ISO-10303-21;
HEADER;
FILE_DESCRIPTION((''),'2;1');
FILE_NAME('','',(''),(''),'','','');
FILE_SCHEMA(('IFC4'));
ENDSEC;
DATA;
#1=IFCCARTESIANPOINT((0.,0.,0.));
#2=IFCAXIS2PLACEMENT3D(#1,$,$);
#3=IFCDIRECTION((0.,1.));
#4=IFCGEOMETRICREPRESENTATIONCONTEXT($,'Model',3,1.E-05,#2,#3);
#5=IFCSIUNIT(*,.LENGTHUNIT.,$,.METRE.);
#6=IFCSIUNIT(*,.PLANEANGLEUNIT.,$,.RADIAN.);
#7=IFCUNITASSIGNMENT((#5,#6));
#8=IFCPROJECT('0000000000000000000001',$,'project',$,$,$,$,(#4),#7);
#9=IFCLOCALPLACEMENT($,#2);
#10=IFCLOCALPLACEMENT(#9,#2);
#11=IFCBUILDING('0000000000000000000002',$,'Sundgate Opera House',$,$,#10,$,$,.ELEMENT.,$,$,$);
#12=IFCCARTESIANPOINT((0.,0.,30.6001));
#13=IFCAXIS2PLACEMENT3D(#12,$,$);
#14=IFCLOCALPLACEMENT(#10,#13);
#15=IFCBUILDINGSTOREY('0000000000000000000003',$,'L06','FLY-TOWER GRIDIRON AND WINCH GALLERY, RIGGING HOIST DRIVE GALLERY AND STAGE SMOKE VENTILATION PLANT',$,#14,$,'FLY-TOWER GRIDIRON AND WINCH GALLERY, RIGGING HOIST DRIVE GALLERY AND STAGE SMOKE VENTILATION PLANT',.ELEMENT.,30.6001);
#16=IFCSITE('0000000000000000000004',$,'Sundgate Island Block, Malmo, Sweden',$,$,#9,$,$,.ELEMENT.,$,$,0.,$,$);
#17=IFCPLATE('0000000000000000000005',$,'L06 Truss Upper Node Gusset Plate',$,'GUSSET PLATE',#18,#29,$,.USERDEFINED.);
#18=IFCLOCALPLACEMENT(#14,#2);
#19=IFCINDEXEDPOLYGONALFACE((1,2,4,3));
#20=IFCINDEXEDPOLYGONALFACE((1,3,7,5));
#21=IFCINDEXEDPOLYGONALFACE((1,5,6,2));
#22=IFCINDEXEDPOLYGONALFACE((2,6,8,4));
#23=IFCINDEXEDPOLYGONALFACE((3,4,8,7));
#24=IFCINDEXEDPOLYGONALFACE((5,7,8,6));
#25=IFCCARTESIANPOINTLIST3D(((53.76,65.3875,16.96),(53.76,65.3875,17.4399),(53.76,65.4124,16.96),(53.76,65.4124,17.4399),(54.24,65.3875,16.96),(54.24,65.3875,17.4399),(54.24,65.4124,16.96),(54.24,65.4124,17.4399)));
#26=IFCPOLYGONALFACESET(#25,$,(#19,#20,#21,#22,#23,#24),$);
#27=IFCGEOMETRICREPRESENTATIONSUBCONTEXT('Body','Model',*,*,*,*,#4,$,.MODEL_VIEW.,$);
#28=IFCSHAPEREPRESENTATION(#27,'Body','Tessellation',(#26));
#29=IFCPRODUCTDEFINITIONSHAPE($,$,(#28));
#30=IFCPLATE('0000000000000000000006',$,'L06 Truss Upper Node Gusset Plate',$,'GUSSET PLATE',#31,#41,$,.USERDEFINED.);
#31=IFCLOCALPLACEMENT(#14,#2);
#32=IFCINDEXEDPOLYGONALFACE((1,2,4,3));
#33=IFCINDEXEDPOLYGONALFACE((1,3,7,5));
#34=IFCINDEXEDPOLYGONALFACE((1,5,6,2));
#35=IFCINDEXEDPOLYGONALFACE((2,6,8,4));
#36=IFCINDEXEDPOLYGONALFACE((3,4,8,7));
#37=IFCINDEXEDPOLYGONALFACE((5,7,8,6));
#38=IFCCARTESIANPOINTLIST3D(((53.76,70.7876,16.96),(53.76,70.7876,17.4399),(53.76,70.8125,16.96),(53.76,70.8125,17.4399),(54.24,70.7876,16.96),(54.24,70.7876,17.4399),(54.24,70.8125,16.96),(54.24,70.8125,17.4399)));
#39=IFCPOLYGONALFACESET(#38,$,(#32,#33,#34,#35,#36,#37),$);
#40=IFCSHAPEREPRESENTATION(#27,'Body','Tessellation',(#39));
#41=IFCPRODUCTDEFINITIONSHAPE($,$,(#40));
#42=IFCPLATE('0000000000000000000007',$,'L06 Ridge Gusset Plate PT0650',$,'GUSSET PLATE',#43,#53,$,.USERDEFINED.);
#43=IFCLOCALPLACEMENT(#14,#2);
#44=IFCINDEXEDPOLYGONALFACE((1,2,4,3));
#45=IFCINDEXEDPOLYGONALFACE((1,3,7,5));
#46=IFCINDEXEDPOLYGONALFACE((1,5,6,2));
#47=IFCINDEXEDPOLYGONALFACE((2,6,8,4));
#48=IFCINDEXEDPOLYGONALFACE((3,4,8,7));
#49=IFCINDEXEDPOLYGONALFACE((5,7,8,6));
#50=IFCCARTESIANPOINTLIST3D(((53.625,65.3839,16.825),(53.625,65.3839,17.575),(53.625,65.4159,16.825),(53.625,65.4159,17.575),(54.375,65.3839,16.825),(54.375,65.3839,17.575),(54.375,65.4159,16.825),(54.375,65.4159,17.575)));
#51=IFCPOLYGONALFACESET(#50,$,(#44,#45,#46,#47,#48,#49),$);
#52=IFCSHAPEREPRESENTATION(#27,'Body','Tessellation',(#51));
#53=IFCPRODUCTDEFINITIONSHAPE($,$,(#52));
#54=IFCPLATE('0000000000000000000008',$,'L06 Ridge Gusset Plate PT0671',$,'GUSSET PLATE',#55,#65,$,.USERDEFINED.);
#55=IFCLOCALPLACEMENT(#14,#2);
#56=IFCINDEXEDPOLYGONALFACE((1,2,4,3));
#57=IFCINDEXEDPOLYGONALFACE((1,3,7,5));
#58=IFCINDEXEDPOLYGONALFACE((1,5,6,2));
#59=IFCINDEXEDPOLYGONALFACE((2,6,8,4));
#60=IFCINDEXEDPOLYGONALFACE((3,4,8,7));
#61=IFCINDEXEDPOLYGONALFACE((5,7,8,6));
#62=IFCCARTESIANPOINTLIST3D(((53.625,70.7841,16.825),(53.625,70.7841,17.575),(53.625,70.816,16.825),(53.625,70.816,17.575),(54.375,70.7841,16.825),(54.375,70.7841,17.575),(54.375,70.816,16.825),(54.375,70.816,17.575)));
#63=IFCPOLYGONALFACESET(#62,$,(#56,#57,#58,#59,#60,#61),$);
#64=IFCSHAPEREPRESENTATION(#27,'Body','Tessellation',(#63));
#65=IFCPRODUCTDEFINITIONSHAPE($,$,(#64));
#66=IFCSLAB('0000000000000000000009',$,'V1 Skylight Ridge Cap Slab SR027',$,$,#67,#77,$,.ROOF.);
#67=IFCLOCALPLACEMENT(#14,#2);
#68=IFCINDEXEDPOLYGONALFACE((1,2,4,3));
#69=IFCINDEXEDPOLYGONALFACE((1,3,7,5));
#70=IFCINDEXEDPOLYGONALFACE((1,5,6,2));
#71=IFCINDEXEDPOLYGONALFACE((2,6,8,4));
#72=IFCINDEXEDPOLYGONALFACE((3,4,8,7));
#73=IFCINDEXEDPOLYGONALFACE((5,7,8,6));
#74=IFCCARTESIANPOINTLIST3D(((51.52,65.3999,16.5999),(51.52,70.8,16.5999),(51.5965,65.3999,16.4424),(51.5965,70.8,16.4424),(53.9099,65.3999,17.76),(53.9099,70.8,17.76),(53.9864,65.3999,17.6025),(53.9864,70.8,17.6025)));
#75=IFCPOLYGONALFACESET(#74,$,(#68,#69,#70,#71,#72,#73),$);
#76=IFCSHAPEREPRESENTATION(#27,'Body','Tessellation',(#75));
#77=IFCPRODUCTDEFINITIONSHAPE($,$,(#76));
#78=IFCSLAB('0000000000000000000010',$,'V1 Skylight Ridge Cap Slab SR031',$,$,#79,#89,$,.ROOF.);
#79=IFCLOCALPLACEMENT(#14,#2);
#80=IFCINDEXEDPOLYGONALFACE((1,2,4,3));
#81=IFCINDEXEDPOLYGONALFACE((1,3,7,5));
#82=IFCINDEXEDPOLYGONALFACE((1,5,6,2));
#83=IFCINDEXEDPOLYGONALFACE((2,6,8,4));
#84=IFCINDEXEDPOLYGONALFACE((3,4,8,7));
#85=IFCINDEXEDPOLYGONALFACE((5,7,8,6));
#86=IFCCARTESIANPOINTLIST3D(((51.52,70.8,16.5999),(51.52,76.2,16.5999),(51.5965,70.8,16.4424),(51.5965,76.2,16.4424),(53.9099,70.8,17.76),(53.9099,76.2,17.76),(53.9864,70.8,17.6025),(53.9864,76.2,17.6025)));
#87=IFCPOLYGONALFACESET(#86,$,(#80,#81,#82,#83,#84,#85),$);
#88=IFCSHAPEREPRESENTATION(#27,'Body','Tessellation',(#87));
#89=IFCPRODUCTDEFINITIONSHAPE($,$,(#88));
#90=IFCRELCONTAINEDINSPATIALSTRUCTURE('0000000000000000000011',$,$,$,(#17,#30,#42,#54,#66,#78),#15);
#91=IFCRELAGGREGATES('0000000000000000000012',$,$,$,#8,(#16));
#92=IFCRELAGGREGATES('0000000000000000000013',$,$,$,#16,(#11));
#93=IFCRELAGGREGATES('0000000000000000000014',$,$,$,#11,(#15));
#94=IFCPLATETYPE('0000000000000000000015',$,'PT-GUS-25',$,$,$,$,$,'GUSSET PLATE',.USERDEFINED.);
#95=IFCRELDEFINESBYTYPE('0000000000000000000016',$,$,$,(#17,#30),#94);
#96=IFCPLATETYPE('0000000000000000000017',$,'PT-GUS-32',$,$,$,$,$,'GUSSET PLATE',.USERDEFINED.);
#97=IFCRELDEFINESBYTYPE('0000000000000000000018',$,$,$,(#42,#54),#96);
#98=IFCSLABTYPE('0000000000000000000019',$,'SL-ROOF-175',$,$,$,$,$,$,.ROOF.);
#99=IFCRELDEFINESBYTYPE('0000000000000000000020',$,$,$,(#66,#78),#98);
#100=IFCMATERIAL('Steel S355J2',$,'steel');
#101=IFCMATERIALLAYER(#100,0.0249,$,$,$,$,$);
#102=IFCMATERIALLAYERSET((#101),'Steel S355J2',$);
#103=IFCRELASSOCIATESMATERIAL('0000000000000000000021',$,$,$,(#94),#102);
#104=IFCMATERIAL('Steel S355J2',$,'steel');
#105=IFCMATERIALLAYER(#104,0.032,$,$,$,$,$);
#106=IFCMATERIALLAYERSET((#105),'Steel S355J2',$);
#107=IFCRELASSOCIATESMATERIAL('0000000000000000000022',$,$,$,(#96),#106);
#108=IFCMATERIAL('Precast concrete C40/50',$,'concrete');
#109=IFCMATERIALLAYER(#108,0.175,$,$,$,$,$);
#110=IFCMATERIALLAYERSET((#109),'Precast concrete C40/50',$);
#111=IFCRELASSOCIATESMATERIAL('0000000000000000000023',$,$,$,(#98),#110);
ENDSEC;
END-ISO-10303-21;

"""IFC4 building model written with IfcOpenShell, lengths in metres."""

from ifc_helpers import new_model, si_unit, direction, frame, origin, origin_2d, place, context, subcontext, project, spatial, polyline, rectangle, outline, extrude, material, layer, layer_set, type_object, element, save


model = new_model("IFC4")

# Units and contexts
model_context = context("Model", 3, precision=1e-05, world=origin(), true_north=direction((0.0, 1.0)))
body_context = subcontext(model_context, "Body", "Model", "MODEL_VIEW")
ifc_project = project(units=[si_unit("LENGTHUNIT", "METRE"), si_unit("PLANEANGLEUNIT", "RADIAN")], contexts=[model_context])

# Site, building, storey
site_placement = place(None, origin())
site = spatial("IfcSite", under=ifc_project, at=site_placement, Name="Sundgate Island Block, Malmo, Sweden", CompositionType="ELEMENT", RefElevation=0.0)
building_placement = place(site_placement, origin())
building = spatial("IfcBuilding", under=site, at=building_placement, Name="Sundgate Opera House", CompositionType="ELEMENT")
storey_placement = place(building_placement, frame((0.0, 0.0, 30.6001)))
storey = spatial("IfcBuildingStorey", under=building, at=storey_placement, Name="L06", Description="FLY-TOWER GRIDIRON AND WINCH GALLERY, RIGGING HOIST DRIVE GALLERY AND STAGE SMOKE VENTILATION PLANT", LongName="FLY-TOWER GRIDIRON AND WINCH GALLERY, RIGGING HOIST DRIVE GALLERY AND STAGE SMOKE VENTILATION PLANT", CompositionType="ELEMENT", Elevation=30.6001)

# Plates
ifc_material_1 = material(Name="Steel S355J2", Category="steel")
ifc_layer_1 = layer(ifc_material_1, 0.0249)
ifc_layer_set_1 = layer_set([ifc_layer_1], Name="Steel S355J2")
plate_type_1 = type_object("IfcPlateType", Name="PT-GUS-25", ElementType="GUSSET PLATE", PredefinedType="USERDEFINED", material=ifc_layer_set_1)
for number, where, z_axis, x_axis, name in (
    (1, (54.0, 65.3999, 16.96), (0.0, 0.0, 1.0), (1.0, 0.0, 0.0), "L06 Truss Upper Node Gusset Plate"),
    (2, (54.0, 70.8, 16.96), (0.0, 0.0, 1.0), (1.0, 0.0, 0.0), "L06 Truss Upper Node Gusset Plate"),
):
    element("IfcPlate", number, at=place(storey_placement, frame(where, z_axis=z_axis, x_axis=x_axis)), inside=storey, type_object=plate_type_1, Name=name, ObjectType="GUSSET PLATE", PredefinedType="USERDEFINED", context=body_context, shape_type="SweptSolid", body=[
        extrude(rectangle(XDim=0.48, YDim=0.0249, at=origin_2d()), origin(), (0.0, 0.0, 1.0), 0.48),
    ])
ifc_material_2 = material(Name="Steel S355J2", Category="steel")
ifc_layer_2 = layer(ifc_material_2, 0.032)
ifc_layer_set_2 = layer_set([ifc_layer_2], Name="Steel S355J2")
plate_type_2 = type_object("IfcPlateType", Name="PT-GUS-32", ElementType="GUSSET PLATE", PredefinedType="USERDEFINED", material=ifc_layer_set_2)
for number, where, z_axis, x_axis, name in (
    (3, (54.0, 65.3999, 16.825), (0.0, 0.0, 1.0), (1.0, 0.0, 0.0), "L06 Ridge Gusset Plate PT0650"),
    (4, (54.0, 70.8, 16.825), (0.0, 0.0, 1.0), (1.0, 0.0, 0.0), "L06 Ridge Gusset Plate PT0671"),
):
    element("IfcPlate", number, at=place(storey_placement, frame(where, z_axis=z_axis, x_axis=x_axis)), inside=storey, type_object=plate_type_2, Name=name, ObjectType="GUSSET PLATE", PredefinedType="USERDEFINED", context=body_context, shape_type="SweptSolid", body=[
        extrude(rectangle(XDim=0.75, YDim=0.032, at=origin_2d()), origin(), (0.0, 0.0, 1.0), 0.75),
    ])

# Slabs
ifc_material_3 = material(Name="Precast concrete C40/50", Category="concrete")
ifc_layer_3 = layer(ifc_material_3, 0.175)
ifc_layer_set_3 = layer_set([ifc_layer_3], Name="Precast concrete C40/50")
slab_type = type_object("IfcSlabType", Name="SL-ROOF-175", PredefinedType="ROOF", material=ifc_layer_set_3)
slab_1_placement = place(storey_placement, frame((51.52, 65.3999, 16.5999), z_axis=(-0.436706, 0.0, 0.899604), x_axis=(0.899604, 0.0, 0.436706)))
element("IfcSlab", 5, at=slab_1_placement, inside=storey, type_object=slab_type, Name="V1 Skylight Ridge Cap Slab SR027", PredefinedType="ROOF", context=body_context, shape_type="SweptSolid", body=[
    extrude(outline(polyline([(0.0, 0.0), (2.6566, 0.0), (2.6566, 5.4001), (0.0, 5.4001), (0.0, 0.0)])), origin(), (0.0, 0.0, -1.0), 0.175),
])
slab_2_placement = place(storey_placement, frame((51.52, 70.8, 16.5999), z_axis=(-0.436706, 0.0, 0.899604), x_axis=(0.899604, 0.0, 0.436706)))
element("IfcSlab", 6, at=slab_2_placement, inside=storey, type_object=slab_type, Name="V1 Skylight Ridge Cap Slab SR031", PredefinedType="ROOF", context=body_context, shape_type="SweptSolid", body=[
    extrude(outline(polyline([(0.0, 0.0), (2.6566, 0.0), (2.6566, 5.3999), (0.0, 5.3999), (0.0, 0.0)])), origin(), (0.0, 0.0, -1.0), 0.175),
])

save(model, "model.ifc")
